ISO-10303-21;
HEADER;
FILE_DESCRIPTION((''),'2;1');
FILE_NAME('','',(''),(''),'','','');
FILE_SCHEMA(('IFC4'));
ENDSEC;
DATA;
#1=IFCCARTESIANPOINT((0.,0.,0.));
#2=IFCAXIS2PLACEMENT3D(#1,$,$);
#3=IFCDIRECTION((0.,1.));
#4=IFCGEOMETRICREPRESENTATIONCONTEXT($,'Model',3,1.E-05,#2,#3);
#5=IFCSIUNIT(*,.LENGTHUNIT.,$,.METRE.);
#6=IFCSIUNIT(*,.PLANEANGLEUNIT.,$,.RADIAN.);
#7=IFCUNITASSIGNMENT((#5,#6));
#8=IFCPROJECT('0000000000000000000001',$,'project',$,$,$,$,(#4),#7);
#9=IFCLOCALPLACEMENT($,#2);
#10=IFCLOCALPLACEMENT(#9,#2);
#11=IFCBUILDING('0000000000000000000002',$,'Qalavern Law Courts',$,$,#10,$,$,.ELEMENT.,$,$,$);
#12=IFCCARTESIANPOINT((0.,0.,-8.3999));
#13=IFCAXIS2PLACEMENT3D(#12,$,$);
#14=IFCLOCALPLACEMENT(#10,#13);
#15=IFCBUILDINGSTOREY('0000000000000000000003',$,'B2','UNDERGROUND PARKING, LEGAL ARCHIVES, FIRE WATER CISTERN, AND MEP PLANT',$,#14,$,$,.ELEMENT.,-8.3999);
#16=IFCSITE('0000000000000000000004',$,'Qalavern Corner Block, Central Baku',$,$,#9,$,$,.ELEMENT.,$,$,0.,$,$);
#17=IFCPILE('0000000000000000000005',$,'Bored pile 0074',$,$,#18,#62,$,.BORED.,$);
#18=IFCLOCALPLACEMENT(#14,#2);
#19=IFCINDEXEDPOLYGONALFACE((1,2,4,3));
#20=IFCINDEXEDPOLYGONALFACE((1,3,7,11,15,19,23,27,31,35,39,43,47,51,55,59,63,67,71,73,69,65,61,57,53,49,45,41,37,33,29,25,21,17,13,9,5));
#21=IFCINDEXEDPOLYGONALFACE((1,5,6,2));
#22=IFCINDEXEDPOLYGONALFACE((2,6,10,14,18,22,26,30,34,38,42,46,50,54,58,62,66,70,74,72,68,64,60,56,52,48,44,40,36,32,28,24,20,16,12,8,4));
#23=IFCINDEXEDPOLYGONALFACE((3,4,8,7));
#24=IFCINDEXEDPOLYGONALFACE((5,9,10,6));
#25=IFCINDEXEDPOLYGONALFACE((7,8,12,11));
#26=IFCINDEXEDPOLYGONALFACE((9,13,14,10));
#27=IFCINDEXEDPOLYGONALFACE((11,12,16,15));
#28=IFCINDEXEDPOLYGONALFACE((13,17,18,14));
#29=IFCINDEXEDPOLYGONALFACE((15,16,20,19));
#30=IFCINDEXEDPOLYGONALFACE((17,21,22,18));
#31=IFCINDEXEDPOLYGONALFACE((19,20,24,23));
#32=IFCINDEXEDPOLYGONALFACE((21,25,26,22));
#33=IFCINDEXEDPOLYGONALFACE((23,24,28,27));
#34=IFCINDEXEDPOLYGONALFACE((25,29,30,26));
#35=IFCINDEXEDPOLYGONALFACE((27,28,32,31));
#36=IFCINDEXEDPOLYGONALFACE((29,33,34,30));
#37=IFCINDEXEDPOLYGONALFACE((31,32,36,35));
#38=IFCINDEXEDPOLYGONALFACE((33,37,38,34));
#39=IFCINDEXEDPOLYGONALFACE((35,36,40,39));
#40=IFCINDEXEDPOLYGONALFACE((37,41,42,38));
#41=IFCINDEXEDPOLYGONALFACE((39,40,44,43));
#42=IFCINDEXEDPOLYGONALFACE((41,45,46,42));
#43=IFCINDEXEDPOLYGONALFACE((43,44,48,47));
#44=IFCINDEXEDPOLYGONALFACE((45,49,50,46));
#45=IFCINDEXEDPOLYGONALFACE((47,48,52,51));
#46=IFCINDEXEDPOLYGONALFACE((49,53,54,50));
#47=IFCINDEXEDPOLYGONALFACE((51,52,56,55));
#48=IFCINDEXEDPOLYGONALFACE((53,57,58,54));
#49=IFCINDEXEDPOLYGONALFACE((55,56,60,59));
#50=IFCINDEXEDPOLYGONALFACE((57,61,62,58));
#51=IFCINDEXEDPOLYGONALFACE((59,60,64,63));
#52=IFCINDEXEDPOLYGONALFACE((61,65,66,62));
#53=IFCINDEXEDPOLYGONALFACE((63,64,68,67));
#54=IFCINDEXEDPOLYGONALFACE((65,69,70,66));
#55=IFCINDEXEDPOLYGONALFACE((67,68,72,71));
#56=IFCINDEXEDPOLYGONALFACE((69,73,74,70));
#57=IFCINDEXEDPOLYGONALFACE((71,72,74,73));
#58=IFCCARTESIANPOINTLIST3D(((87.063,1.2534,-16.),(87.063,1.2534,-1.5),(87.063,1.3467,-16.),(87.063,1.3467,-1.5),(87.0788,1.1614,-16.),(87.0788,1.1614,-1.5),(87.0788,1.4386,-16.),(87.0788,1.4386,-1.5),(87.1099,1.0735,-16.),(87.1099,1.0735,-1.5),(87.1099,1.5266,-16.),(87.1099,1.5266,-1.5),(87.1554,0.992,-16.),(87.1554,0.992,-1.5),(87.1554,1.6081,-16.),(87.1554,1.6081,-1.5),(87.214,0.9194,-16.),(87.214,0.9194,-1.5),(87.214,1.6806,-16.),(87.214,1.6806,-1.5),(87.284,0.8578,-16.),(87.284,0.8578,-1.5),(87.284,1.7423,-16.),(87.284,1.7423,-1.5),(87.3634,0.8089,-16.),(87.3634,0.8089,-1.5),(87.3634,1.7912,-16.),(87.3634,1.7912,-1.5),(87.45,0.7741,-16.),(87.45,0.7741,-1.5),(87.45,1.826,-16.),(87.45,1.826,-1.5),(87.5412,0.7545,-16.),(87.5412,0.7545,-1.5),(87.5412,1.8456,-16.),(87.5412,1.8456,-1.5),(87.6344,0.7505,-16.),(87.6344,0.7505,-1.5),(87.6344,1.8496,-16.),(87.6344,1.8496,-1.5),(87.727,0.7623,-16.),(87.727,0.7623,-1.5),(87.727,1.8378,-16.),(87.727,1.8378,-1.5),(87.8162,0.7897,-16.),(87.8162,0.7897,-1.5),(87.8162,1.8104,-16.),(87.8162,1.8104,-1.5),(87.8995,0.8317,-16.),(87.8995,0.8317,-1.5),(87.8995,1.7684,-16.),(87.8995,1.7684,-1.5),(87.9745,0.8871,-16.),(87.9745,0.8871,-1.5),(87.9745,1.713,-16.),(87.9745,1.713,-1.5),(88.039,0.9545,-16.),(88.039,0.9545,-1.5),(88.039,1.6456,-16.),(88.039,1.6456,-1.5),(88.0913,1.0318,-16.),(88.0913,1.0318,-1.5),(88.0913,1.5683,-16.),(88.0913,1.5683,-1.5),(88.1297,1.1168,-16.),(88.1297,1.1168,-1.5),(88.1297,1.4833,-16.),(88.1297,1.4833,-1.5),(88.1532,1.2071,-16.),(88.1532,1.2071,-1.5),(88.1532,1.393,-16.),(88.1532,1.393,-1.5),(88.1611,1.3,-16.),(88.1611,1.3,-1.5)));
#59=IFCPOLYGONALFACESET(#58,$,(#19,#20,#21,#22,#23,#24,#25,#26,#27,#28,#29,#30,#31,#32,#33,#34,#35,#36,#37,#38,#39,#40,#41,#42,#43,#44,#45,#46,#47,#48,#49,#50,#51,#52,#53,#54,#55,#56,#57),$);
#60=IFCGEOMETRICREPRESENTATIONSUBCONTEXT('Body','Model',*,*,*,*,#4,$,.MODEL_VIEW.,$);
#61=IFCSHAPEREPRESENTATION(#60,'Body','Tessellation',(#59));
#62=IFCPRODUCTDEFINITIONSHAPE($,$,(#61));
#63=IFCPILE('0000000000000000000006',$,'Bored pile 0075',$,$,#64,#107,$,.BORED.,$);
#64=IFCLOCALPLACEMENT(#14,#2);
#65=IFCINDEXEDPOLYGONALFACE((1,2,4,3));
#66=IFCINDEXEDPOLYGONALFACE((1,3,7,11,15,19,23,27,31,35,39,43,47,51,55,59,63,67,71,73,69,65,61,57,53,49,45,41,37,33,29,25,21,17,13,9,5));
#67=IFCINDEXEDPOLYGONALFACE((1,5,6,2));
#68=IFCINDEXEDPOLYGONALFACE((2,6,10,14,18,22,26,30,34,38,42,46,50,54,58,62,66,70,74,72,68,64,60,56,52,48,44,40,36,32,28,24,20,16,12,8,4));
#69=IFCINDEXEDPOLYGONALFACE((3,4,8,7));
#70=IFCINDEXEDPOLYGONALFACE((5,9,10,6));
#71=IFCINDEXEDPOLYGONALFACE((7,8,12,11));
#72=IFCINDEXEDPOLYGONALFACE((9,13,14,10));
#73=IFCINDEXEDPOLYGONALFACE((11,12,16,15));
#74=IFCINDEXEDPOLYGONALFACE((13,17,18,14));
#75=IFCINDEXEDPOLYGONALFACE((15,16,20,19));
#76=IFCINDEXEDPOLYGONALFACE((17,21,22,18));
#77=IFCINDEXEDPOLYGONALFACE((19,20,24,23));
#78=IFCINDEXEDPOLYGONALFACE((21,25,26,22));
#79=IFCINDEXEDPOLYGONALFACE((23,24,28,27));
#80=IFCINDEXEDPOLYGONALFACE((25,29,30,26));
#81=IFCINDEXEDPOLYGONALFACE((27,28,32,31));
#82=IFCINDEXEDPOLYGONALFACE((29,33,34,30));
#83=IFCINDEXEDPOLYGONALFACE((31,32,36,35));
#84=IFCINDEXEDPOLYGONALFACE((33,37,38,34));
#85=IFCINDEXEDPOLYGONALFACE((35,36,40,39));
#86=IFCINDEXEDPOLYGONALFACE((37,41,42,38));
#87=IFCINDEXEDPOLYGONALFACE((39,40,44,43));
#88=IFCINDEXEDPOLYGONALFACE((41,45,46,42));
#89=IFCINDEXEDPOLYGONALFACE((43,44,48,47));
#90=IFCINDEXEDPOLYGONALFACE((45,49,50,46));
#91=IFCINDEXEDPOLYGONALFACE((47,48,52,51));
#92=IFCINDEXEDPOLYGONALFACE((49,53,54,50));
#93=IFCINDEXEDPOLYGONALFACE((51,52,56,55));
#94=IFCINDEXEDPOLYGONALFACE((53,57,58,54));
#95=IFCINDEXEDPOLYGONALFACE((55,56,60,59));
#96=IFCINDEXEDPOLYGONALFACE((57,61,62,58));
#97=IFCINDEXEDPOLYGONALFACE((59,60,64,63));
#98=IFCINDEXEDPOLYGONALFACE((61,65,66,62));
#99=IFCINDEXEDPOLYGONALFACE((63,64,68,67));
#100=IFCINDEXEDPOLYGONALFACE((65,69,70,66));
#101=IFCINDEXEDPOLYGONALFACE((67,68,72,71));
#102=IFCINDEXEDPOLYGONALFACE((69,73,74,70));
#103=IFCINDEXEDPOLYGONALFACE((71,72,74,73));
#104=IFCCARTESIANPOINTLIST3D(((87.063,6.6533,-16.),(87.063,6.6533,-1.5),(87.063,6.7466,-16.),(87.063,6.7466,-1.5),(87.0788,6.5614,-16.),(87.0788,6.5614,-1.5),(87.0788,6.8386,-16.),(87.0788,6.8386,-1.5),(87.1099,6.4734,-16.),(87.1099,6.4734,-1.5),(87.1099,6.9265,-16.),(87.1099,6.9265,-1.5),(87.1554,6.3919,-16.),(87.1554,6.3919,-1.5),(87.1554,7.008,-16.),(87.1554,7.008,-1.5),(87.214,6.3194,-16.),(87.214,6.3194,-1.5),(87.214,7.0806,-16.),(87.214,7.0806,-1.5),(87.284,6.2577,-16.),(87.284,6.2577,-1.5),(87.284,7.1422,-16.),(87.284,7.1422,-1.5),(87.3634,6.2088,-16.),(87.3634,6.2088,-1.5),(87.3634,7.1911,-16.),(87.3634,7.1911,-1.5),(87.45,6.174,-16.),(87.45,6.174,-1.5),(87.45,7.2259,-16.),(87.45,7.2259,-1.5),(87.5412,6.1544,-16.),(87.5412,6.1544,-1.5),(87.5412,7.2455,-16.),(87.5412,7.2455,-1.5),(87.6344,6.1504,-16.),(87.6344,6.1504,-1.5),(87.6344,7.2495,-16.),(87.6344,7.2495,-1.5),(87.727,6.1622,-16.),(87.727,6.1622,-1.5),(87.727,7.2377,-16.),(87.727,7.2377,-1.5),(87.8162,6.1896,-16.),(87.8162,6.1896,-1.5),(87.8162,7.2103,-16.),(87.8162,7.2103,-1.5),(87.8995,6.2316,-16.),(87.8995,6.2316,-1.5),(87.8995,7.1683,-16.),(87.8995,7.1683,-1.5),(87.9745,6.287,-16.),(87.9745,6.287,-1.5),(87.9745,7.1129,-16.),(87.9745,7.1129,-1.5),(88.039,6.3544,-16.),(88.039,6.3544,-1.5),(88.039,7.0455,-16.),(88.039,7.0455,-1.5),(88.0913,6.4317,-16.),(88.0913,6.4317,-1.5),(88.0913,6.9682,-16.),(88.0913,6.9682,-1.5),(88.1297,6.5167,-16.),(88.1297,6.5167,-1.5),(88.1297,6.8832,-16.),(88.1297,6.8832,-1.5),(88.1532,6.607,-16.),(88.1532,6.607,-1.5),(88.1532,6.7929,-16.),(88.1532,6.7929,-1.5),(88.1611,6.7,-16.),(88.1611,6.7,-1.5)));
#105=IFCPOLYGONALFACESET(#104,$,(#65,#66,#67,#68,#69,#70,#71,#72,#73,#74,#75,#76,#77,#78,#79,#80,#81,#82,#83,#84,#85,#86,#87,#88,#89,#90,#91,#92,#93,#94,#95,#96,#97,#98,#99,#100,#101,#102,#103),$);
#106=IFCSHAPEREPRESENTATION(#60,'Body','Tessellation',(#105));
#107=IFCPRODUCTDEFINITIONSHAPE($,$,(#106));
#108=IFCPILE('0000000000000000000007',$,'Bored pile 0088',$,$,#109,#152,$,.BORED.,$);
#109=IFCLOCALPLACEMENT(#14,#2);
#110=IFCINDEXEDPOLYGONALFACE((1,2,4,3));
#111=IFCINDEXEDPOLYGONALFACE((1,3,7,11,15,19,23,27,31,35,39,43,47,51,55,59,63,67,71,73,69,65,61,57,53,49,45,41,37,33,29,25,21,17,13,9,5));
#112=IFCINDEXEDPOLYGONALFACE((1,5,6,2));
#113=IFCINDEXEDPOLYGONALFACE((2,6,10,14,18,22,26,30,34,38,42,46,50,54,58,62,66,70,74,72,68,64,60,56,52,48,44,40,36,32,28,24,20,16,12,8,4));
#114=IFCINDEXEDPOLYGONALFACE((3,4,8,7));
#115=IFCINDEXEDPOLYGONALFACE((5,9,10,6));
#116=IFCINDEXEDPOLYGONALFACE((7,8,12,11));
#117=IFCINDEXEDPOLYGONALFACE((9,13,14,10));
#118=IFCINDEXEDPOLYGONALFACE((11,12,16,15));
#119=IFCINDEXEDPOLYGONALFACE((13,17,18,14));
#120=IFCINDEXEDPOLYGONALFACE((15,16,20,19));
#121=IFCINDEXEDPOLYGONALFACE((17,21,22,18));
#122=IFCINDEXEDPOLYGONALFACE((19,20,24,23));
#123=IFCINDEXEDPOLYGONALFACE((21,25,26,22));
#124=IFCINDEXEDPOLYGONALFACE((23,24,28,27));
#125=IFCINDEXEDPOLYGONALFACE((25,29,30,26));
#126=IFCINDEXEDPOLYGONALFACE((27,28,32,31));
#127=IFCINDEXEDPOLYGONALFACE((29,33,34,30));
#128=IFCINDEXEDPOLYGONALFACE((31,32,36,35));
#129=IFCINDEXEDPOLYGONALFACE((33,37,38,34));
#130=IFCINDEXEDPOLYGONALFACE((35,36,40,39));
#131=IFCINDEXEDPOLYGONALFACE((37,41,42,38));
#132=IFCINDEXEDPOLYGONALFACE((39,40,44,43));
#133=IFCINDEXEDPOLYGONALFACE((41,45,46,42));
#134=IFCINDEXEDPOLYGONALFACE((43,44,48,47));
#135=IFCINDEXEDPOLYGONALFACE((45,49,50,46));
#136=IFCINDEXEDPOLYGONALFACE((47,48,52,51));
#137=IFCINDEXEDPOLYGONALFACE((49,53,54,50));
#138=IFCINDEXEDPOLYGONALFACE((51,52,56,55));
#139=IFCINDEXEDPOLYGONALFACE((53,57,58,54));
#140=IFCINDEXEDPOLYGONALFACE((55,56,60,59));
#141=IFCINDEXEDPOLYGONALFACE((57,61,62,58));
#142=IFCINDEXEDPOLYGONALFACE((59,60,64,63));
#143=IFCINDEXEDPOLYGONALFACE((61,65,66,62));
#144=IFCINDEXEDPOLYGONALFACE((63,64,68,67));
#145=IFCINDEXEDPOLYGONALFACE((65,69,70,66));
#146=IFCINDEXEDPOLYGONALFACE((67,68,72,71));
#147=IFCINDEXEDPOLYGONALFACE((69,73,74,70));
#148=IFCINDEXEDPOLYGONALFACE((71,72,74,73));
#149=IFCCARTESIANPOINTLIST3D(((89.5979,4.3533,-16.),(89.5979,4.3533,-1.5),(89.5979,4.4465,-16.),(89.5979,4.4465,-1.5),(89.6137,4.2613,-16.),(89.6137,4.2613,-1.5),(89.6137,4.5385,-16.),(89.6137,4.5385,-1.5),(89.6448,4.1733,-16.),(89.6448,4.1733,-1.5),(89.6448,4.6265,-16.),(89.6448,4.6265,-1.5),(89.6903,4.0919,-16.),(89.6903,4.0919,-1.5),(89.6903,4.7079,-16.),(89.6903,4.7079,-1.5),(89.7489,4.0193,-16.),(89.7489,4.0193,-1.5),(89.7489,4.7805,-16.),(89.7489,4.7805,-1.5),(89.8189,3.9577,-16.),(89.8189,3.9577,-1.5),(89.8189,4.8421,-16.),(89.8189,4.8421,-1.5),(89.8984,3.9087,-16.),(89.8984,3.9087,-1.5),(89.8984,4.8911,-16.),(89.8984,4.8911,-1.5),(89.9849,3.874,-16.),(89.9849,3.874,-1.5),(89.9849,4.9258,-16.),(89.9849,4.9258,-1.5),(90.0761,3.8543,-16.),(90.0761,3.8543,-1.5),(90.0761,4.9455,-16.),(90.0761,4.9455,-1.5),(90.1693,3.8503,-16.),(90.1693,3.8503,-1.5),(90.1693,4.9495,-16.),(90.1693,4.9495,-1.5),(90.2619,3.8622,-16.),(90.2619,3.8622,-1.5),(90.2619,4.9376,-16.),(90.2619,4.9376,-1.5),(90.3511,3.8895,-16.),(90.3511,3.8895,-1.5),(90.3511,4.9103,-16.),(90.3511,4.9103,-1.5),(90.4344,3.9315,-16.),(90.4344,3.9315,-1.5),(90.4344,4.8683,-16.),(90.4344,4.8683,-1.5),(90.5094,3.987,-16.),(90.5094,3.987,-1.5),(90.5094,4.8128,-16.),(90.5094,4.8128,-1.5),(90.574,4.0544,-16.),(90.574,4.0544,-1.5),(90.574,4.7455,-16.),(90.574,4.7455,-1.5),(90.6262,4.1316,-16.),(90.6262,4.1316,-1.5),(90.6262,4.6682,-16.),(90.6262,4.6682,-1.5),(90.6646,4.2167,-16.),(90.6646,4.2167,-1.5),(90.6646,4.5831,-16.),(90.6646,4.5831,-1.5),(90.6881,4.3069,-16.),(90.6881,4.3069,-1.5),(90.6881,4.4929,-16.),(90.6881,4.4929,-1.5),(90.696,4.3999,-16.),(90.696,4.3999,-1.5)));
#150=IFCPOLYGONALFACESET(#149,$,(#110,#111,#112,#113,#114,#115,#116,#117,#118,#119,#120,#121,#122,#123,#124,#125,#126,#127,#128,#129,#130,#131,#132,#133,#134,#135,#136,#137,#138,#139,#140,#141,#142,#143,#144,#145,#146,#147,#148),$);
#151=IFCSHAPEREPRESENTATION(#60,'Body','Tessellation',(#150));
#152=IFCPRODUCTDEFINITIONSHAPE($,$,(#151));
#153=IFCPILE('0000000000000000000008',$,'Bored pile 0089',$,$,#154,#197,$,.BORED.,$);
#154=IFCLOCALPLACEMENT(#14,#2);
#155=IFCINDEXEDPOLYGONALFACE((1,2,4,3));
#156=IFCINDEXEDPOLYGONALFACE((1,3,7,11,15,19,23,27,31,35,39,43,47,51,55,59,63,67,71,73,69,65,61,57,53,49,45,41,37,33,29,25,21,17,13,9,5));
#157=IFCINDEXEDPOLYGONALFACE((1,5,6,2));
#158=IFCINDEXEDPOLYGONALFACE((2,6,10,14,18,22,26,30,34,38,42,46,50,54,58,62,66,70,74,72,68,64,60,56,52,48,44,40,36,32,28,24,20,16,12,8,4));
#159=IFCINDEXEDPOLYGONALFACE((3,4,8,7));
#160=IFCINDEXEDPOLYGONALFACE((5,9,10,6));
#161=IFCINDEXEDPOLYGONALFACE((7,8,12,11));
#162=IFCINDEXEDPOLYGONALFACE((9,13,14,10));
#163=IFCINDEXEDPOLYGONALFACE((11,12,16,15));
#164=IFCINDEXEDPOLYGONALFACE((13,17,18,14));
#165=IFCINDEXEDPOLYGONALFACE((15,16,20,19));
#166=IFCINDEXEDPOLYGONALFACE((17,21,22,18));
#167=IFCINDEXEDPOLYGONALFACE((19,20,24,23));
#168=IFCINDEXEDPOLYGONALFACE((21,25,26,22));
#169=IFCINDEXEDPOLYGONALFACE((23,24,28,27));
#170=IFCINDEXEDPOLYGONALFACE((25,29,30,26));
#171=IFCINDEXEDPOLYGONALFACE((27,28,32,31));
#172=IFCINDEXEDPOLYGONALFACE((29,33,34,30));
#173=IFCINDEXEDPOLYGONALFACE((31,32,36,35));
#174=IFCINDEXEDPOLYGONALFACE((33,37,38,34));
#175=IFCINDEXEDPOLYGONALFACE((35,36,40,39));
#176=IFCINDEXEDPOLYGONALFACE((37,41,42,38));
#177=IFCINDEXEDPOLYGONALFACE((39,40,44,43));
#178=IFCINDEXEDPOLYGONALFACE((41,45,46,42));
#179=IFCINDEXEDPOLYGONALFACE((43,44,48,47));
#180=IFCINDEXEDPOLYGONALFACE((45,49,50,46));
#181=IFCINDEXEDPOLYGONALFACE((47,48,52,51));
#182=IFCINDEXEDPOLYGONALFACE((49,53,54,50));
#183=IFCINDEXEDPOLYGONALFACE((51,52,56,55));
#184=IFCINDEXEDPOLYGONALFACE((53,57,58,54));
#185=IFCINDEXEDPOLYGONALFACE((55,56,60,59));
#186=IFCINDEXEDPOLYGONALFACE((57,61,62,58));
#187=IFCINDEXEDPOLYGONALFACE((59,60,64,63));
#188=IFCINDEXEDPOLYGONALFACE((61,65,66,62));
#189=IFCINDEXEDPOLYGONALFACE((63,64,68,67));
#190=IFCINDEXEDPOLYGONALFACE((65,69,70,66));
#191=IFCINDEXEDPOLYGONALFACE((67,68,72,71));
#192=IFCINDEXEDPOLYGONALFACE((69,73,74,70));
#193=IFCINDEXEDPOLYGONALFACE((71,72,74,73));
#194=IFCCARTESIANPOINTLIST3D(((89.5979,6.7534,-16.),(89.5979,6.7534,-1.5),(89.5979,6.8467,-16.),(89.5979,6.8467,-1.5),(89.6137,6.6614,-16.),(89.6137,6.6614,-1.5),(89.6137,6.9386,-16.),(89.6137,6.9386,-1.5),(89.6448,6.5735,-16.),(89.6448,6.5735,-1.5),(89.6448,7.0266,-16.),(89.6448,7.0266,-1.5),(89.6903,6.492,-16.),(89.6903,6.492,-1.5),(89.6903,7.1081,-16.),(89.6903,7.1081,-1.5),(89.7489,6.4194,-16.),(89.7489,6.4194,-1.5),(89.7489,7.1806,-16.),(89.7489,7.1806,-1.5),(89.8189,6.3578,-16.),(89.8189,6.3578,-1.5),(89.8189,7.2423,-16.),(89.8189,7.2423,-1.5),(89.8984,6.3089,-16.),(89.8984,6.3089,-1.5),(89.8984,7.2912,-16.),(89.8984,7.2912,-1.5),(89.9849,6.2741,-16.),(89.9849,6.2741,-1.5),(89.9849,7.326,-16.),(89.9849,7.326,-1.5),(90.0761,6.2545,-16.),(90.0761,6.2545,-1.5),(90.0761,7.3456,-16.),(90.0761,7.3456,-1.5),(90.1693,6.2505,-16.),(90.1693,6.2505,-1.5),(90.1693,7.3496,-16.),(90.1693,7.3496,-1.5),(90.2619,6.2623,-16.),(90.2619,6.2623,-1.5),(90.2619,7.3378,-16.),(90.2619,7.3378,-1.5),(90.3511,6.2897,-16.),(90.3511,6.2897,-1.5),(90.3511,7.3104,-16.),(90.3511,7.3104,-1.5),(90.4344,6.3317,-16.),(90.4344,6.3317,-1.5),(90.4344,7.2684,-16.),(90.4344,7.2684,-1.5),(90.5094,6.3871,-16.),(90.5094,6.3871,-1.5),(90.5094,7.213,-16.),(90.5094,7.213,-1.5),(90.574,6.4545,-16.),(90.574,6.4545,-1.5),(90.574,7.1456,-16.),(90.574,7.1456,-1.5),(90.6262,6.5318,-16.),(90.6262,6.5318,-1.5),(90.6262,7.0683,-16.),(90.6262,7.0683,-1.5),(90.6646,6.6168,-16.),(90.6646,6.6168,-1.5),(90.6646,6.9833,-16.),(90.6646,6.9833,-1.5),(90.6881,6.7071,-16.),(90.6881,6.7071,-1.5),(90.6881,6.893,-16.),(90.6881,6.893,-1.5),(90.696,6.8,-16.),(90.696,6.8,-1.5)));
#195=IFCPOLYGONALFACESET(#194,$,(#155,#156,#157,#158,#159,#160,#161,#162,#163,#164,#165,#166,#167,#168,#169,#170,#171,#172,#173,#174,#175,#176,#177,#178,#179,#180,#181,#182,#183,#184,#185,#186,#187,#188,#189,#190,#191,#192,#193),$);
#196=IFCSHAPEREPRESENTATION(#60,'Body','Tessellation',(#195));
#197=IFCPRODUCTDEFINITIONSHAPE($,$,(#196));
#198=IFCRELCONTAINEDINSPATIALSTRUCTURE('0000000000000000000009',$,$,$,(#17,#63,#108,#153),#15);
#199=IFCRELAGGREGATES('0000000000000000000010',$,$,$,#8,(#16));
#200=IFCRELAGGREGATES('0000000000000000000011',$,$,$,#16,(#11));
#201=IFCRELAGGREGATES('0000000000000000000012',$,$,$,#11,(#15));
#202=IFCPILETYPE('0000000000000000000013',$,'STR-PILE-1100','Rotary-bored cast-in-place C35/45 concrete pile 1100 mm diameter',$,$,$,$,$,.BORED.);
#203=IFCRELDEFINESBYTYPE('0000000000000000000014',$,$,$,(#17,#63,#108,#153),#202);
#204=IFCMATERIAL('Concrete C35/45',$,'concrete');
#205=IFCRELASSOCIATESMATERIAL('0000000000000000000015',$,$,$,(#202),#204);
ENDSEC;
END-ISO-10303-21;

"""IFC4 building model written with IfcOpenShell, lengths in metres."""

from ifc_helpers import new_model, si_unit, direction, frame, origin, origin_2d, place, context, subcontext, project, spatial, circle, extrude, material, material_profile, profile_set, type_object, element, save


model = new_model("IFC4")

# Units and contexts
model_context = context("Model", 3, precision=1e-05, world=origin(), true_north=direction((0.0, 1.0)))
body_context = subcontext(model_context, "Body", "Model", "MODEL_VIEW")
ifc_project = project(units=[si_unit("LENGTHUNIT", "METRE"), si_unit("PLANEANGLEUNIT", "RADIAN")], contexts=[model_context])

# Site, building, storey
site_placement = place(None, origin())
site = spatial("IfcSite", under=ifc_project, at=site_placement, Name="Qalavern Corner Block, Central Baku", CompositionType="ELEMENT", RefElevation=0.0)
building_placement = place(site_placement, origin())
building = spatial("IfcBuilding", under=site, at=building_placement, Name="Qalavern Law Courts", CompositionType="ELEMENT")
storey_placement = place(building_placement, frame((0.0, 0.0, -8.3999)))
storey = spatial("IfcBuildingStorey", under=building, at=storey_placement, Name="B2", Description="UNDERGROUND PARKING, LEGAL ARCHIVES, FIRE WATER CISTERN, AND MEP PLANT", CompositionType="ELEMENT", Elevation=-8.3999)

# Shared definitions
ifc_material_1 = material(Name="Concrete C35/45", Category="concrete")

# Piles
ifc_material_profile_1 = material_profile(ifc_material_1, circle(Radius=0.55, at=origin_2d()), Name="BORED PILE 1100")
ifc_profile_set_1 = profile_set([ifc_material_profile_1], Name="Concrete C35/45")
pile_type_1 = type_object("IfcPileType", Name="STR-PILE-1100", Description="Rotary-bored cast-in-place C35/45 concrete pile 1100 mm diameter", PredefinedType="BORED", material=ifc_profile_set_1)
for number, where, z_axis, x_axis, name in (
    (1, (87.6111, 1.3, -1.5), (0.0, 0.0, -1.0), (1.0, 0.0, 0.0), "Bored pile 0074"),
    (2, (87.6111, 6.7, -1.5), (0.0, 0.0, -1.0), (1.0, 0.0, 0.0), "Bored pile 0075"),
    (3, (90.146, 4.3999, -1.5), (0.0, 0.0, -1.0), (1.0, 0.0, 0.0), "Bored pile 0088"),
    (4, (90.146, 6.8, -1.5), (0.0, 0.0, -1.0), (1.0, 0.0, 0.0), "Bored pile 0089"),
):
    element("IfcPile", number, at=place(storey_placement, frame(where, z_axis=z_axis, x_axis=x_axis)), inside=storey, type_object=pile_type_1, Name=name, PredefinedType="BORED", context=body_context, shape_type="SweptSolid", body=[
        extrude(circle(Radius=0.55, at=origin_2d()), origin(), (0.0, 0.0, 1.0), 14.5),
    ])

save(model, "model.ifc")
